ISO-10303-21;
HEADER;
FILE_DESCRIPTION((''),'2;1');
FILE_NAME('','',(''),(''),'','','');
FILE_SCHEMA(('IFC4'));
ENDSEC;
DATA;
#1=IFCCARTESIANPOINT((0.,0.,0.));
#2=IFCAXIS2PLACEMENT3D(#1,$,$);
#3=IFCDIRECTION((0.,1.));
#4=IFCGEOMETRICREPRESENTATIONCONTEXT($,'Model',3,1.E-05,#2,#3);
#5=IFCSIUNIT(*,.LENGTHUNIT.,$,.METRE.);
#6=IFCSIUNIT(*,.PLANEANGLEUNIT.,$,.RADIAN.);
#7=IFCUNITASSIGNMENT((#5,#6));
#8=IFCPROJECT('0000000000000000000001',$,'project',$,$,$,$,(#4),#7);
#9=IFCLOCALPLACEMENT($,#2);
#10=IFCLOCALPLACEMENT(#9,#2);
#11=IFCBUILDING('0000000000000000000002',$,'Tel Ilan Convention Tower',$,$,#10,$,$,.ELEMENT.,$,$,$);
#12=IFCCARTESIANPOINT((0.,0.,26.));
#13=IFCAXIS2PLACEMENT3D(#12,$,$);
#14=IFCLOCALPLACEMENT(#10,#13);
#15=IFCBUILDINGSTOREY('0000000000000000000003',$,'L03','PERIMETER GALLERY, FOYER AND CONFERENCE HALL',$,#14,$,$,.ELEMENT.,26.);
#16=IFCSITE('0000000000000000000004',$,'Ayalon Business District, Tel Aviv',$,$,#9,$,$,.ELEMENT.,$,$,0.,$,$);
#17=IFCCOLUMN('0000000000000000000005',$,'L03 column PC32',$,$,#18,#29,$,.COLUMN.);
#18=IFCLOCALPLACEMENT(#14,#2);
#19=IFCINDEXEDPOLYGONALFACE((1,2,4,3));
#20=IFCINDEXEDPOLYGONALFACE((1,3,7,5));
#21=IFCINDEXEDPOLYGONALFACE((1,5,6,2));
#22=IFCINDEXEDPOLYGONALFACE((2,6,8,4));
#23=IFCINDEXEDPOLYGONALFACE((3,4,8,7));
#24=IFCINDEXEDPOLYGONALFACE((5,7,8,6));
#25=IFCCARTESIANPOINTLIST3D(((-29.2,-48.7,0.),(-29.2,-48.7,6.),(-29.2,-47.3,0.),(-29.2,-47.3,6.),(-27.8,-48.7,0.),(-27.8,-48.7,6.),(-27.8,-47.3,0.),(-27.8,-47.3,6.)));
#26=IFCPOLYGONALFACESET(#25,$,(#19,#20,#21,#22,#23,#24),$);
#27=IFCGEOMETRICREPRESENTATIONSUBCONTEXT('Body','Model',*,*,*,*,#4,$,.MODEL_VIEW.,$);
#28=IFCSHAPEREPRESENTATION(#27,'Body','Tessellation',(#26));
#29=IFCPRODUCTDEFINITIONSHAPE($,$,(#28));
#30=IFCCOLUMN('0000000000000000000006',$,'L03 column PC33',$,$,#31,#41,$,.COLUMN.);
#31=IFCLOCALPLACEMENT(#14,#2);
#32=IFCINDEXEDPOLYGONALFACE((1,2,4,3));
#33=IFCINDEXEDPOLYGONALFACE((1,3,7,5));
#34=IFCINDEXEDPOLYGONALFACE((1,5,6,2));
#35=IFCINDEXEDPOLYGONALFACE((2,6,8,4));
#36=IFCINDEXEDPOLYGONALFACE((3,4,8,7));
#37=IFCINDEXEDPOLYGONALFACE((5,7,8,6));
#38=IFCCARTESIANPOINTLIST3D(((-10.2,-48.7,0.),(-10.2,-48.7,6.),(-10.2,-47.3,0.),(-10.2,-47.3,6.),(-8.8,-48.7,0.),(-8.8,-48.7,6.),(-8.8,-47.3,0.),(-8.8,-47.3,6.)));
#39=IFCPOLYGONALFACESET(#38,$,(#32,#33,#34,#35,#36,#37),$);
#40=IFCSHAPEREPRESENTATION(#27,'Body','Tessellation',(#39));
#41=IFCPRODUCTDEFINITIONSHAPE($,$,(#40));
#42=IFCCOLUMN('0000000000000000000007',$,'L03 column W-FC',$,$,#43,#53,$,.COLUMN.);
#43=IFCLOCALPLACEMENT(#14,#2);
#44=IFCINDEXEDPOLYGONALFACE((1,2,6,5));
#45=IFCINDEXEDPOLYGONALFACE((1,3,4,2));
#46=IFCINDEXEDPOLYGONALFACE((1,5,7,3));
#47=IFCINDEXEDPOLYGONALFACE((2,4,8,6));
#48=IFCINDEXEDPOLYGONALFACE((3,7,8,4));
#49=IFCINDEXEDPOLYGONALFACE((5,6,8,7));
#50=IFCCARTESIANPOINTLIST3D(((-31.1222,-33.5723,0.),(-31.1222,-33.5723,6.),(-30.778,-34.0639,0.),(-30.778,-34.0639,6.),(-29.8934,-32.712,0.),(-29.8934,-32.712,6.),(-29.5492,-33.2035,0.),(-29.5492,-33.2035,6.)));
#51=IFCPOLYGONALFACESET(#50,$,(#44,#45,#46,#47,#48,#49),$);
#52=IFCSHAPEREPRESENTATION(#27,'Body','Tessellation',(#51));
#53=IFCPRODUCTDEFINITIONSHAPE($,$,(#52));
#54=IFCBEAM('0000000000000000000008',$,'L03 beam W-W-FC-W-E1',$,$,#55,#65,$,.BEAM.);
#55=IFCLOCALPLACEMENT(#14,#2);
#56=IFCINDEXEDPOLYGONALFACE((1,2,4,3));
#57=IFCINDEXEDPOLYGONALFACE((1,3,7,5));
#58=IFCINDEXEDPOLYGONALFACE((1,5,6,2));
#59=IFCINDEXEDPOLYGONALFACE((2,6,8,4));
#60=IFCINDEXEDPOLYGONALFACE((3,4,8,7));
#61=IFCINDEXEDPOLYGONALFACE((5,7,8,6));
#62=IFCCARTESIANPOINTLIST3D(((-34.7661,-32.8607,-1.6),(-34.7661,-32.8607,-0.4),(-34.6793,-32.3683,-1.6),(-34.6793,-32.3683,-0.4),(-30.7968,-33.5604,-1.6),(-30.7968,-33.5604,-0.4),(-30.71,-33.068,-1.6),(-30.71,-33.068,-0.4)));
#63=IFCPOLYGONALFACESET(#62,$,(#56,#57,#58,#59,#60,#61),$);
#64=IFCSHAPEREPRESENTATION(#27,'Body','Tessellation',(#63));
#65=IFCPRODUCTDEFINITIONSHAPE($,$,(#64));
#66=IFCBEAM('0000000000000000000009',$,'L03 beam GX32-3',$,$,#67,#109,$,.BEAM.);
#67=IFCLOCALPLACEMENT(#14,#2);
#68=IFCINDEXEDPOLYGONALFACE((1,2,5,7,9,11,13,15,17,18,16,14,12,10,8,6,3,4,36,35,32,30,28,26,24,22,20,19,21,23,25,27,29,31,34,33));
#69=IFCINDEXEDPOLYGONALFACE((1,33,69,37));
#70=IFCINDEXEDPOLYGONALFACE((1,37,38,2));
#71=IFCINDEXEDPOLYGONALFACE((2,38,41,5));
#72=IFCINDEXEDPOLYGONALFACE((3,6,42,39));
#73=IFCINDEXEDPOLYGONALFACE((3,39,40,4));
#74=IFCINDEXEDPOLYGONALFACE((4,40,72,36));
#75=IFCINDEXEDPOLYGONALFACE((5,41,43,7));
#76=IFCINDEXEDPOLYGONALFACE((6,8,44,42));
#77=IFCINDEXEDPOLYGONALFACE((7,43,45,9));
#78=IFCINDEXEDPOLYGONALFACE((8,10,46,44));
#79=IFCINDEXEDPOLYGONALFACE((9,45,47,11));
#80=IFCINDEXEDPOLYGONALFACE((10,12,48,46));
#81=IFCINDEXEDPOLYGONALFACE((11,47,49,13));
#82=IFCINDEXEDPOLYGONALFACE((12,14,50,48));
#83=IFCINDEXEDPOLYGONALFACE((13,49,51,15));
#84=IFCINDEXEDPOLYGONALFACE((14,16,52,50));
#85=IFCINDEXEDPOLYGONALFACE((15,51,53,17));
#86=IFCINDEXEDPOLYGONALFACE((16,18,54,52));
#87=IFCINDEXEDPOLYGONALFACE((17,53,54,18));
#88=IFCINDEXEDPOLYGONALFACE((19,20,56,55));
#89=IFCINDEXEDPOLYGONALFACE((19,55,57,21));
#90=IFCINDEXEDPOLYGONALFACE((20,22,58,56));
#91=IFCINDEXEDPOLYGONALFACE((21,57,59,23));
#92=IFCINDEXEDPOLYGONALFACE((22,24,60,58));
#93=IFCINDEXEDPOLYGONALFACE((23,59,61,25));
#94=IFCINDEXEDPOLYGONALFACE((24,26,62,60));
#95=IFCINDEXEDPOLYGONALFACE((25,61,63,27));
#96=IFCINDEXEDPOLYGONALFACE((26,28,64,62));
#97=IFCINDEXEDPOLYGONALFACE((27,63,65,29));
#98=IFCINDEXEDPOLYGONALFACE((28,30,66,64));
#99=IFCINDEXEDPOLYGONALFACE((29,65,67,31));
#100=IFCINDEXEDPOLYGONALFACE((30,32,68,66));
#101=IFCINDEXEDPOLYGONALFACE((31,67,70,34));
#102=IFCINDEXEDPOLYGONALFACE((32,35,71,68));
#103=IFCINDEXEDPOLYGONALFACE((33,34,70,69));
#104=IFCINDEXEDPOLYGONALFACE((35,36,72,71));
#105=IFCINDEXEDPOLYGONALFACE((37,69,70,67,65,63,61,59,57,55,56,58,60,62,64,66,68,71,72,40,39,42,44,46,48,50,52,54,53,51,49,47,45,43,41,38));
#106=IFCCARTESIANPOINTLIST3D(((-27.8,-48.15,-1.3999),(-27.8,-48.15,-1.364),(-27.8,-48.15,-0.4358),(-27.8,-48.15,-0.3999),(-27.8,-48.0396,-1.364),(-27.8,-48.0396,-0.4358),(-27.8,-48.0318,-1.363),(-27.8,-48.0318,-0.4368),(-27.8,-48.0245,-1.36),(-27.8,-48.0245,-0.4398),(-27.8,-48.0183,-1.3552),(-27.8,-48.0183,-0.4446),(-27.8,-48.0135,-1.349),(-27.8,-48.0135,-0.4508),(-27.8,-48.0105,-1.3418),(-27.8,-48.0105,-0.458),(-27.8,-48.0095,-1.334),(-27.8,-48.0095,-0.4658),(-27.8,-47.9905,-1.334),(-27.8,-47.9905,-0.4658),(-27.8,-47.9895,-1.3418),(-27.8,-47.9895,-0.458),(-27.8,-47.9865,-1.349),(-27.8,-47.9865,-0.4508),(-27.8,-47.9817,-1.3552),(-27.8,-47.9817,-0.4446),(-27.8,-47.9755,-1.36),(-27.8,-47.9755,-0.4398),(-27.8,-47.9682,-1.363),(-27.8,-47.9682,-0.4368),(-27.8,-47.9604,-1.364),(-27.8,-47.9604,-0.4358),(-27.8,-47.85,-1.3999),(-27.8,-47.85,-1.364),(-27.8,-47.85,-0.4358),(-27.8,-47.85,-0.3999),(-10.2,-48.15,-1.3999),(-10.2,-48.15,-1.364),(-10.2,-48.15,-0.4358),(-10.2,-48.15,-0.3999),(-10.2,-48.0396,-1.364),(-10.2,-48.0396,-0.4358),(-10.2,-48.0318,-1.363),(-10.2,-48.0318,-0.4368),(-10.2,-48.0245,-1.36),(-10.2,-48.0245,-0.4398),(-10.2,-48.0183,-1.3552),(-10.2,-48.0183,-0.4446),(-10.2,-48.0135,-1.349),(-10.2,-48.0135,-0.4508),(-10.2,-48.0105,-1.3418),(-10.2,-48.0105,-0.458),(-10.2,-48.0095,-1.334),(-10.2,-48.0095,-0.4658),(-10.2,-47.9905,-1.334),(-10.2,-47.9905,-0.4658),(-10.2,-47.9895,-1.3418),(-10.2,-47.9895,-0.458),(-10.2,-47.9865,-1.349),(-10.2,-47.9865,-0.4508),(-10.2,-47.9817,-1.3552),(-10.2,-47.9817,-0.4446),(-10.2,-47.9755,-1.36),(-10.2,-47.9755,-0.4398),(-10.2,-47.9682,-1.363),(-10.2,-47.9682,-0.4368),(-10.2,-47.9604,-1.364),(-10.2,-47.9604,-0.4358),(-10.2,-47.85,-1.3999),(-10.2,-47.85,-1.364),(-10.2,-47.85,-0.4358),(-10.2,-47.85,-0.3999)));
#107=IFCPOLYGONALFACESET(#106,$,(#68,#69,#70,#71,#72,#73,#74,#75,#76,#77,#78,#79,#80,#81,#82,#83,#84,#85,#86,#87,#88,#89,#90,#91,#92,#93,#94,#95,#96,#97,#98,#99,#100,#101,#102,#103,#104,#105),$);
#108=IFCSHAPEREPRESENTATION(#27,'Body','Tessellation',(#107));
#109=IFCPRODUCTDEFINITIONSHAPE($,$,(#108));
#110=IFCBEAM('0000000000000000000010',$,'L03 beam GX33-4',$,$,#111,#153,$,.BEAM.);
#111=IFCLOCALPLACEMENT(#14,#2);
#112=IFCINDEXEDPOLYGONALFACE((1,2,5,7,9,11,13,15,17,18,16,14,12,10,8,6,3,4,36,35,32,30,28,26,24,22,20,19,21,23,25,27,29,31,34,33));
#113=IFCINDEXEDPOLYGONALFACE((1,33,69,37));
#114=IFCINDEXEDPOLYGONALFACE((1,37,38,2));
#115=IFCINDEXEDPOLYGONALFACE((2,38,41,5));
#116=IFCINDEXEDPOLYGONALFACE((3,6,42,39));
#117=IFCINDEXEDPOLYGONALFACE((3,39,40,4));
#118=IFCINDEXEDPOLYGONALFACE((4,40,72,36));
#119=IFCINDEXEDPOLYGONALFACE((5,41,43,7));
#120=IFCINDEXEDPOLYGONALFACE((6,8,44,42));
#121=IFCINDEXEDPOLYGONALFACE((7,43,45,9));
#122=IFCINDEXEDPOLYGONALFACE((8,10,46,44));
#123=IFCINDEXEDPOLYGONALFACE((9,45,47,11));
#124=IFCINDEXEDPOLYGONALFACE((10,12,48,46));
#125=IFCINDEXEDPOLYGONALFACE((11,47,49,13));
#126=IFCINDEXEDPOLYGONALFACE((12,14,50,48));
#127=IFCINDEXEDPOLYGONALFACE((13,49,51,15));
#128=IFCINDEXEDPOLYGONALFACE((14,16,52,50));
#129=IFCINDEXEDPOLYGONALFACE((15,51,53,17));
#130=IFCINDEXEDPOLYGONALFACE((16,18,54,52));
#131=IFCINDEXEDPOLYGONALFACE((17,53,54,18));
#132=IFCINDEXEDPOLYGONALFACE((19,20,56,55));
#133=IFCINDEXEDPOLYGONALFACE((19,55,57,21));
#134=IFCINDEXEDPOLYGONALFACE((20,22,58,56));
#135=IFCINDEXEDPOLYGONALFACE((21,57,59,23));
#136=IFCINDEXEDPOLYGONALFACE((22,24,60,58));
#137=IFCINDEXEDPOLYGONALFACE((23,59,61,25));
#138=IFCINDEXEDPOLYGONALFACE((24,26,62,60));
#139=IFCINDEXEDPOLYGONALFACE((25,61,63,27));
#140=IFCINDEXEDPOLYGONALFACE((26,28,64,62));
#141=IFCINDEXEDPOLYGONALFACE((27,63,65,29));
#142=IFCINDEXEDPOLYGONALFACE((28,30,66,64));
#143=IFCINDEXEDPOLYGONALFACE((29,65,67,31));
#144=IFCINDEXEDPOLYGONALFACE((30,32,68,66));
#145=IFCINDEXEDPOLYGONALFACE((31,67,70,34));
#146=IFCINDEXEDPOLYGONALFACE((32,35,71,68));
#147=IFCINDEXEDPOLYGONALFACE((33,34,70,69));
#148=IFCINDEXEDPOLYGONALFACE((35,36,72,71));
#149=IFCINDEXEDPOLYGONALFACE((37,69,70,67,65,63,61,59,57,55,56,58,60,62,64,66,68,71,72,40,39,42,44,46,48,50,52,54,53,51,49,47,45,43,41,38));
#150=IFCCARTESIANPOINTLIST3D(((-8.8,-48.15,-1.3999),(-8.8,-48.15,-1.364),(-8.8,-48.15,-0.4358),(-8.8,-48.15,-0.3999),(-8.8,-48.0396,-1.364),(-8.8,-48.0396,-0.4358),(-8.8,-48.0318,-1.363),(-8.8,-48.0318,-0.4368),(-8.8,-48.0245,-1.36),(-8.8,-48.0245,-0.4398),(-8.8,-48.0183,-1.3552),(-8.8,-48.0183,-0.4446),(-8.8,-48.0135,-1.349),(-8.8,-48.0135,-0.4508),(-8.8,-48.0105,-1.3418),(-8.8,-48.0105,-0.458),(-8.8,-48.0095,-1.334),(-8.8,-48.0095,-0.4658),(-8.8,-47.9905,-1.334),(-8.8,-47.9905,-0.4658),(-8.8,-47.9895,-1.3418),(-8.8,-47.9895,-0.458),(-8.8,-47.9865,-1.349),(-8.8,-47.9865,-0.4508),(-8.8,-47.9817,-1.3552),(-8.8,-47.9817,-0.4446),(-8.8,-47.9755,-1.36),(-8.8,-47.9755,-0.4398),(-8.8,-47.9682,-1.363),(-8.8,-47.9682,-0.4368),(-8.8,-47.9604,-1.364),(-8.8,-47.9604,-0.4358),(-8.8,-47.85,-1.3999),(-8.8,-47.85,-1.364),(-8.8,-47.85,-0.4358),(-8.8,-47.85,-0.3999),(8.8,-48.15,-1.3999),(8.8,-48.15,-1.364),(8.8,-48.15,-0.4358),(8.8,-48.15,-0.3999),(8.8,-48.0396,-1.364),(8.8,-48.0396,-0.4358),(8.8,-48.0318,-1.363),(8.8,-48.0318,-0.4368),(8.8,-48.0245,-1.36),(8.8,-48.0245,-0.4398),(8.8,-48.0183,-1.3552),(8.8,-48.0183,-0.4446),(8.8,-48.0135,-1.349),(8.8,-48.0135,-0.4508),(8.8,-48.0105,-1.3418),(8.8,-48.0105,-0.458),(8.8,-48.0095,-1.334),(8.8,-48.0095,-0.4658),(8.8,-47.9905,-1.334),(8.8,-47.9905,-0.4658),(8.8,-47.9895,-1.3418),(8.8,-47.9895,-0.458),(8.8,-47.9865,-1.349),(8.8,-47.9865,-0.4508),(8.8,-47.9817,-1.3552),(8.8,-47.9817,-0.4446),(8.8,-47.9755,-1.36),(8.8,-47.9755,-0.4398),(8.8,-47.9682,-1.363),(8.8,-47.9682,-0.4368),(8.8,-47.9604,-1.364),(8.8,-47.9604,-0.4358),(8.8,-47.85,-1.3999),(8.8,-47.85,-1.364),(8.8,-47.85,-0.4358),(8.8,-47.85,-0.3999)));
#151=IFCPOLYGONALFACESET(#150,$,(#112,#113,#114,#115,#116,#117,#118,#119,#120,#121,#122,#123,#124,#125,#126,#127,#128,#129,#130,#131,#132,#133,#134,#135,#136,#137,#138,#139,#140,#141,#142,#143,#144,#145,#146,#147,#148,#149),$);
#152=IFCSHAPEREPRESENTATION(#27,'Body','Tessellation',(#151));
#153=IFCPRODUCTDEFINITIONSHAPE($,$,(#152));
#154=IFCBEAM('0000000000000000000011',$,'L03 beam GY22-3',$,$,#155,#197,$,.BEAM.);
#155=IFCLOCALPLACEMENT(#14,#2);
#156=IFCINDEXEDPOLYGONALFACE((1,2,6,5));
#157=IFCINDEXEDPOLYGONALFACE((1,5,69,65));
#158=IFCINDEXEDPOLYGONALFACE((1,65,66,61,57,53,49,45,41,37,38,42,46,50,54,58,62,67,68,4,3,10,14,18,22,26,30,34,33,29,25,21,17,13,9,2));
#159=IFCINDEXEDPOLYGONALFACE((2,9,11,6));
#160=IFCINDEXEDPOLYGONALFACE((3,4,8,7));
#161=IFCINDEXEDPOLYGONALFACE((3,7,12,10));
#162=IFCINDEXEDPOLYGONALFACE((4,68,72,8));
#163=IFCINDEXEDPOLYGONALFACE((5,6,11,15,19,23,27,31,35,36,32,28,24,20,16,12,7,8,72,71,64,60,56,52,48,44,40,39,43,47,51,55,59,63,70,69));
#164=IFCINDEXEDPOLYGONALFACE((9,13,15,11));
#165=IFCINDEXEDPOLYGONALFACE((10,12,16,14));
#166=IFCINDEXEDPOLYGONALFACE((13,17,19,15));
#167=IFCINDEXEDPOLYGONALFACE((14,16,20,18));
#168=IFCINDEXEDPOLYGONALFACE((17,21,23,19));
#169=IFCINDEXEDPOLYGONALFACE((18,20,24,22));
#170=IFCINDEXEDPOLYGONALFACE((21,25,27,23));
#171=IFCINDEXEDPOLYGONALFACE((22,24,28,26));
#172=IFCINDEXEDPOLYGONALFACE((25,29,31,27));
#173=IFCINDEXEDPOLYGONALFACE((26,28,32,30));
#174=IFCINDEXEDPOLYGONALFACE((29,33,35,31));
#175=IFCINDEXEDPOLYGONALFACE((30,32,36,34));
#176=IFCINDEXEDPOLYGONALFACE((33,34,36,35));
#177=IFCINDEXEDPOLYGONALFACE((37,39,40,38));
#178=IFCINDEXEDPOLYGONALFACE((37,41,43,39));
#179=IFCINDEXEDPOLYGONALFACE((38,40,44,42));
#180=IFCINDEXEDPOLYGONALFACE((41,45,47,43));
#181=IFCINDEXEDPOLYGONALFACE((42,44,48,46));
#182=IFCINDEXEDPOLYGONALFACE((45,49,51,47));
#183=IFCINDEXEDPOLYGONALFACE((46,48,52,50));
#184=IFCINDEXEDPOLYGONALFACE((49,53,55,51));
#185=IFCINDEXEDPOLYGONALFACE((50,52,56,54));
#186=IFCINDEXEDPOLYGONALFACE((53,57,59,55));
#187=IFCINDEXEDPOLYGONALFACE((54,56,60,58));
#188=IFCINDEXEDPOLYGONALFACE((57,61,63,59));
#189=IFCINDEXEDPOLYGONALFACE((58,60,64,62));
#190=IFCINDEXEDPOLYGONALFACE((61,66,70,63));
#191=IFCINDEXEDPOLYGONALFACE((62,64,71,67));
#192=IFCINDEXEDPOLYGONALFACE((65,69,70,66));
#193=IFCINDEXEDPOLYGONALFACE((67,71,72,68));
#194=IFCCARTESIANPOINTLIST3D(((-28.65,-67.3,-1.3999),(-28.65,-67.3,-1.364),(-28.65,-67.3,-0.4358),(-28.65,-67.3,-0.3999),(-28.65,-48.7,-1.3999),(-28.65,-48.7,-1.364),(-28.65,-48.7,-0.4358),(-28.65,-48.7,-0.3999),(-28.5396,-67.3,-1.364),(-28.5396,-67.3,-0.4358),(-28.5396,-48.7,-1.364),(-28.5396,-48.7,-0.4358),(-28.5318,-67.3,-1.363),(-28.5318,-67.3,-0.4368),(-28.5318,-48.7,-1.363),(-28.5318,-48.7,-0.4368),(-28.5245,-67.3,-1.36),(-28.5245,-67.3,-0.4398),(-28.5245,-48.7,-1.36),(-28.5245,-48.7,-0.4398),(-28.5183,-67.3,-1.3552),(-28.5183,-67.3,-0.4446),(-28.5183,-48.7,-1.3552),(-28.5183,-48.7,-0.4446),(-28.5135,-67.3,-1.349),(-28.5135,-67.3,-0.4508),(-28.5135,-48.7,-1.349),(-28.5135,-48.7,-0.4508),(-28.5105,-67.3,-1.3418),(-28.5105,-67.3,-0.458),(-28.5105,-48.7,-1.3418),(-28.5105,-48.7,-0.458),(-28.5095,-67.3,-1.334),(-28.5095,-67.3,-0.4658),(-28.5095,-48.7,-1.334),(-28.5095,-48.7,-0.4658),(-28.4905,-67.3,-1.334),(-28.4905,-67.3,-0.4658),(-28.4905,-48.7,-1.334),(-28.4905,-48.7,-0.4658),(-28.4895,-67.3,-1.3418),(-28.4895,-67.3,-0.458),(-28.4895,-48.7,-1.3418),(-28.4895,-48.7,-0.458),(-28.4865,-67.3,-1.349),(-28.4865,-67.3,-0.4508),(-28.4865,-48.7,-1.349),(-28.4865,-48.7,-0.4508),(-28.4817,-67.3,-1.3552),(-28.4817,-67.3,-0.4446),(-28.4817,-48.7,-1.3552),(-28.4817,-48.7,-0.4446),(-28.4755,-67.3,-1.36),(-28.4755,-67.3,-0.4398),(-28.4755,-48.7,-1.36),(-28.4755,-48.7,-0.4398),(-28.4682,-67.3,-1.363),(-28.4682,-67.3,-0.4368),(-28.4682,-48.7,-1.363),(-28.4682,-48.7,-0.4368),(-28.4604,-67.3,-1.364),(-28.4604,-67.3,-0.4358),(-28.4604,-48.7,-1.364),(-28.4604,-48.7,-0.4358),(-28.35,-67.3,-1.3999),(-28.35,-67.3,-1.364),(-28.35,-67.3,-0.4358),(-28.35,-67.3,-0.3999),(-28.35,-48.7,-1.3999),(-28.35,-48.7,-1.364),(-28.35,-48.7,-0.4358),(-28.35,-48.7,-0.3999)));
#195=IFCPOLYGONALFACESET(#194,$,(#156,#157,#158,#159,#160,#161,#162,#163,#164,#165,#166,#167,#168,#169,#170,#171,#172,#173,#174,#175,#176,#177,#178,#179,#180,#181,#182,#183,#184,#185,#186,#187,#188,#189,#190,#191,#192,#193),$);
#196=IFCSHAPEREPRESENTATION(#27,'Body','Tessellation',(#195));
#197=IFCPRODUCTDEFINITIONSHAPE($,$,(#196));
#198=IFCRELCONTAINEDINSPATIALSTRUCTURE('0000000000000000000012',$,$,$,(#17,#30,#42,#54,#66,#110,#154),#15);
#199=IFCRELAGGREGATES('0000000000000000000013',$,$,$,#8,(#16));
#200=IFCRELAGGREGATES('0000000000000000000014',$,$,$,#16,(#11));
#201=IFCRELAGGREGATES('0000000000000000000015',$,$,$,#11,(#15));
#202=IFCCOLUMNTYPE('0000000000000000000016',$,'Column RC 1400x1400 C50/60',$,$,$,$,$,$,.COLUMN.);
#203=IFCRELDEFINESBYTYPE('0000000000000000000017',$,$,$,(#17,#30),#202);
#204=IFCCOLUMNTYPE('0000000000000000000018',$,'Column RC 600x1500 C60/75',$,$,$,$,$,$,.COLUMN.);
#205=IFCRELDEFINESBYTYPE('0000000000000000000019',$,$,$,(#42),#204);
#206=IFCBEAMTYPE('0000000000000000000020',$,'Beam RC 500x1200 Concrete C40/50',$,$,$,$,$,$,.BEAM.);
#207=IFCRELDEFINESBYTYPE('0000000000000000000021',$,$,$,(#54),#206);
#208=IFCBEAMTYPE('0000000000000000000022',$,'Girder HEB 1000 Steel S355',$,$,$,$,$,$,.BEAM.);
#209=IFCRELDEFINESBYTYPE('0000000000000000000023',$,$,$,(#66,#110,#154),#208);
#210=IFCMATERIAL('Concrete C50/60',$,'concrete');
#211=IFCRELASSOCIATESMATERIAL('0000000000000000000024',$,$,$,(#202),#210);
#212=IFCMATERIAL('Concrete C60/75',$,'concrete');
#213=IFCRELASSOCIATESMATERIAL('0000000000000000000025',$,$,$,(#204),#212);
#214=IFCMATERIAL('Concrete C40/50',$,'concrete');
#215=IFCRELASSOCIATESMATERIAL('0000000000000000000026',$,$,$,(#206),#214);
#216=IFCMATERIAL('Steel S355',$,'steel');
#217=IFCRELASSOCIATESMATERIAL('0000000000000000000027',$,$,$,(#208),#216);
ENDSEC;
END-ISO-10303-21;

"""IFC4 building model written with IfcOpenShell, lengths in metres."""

from ifc_helpers import new_model, si_unit, direction, frame, origin, origin_2d, place, context, subcontext, project, spatial, rectangle, i_section, extrude, material, material_profile, profile_set, type_object, element, save


model = new_model("IFC4")

# Units and contexts
model_context = context("Model", 3, precision=1e-05, world=origin(), true_north=direction((0.0, 1.0)))
body_context = subcontext(model_context, "Body", "Model", "MODEL_VIEW")
ifc_project = project(units=[si_unit("LENGTHUNIT", "METRE"), si_unit("PLANEANGLEUNIT", "RADIAN")], contexts=[model_context])

# Site, building, storey
site_placement = place(None, origin())
site = spatial("IfcSite", under=ifc_project, at=site_placement, Name="Ayalon Business District, Tel Aviv", CompositionType="ELEMENT", RefElevation=0.0)
building_placement = place(site_placement, origin())
building = spatial("IfcBuilding", under=site, at=building_placement, Name="Tel Ilan Convention Tower", CompositionType="ELEMENT")
storey_placement = place(building_placement, frame((0.0, 0.0, 26.0)))
storey = spatial("IfcBuildingStorey", under=building, at=storey_placement, Name="L03", Description="PERIMETER GALLERY, FOYER AND CONFERENCE HALL", CompositionType="ELEMENT", Elevation=26.0)

# Columns
ifc_material_1 = material(Name="Concrete C50/60", Category="concrete")
ifc_material_profile_1 = material_profile(ifc_material_1, rectangle(XDim=1.3999, YDim=1.3999, at=origin_2d()), Name="RC 1400x1400")
ifc_profile_set_1 = profile_set([ifc_material_profile_1], Name="Concrete C50/60")
column_type_1 = type_object("IfcColumnType", Name="Column RC 1400x1400 C50/60", PredefinedType="COLUMN", material=ifc_profile_set_1)
for number, where, z_axis, x_axis, name in (
    (1, (-28.5, -48.0, 0.0), (0.0, 0.0, 1.0), (1.0, 0.0, 0.0), "L03 column PC32"),
    (2, (-9.5, -48.0, 0.0), (0.0, 0.0, 1.0), (1.0, 0.0, 0.0), "L03 column PC33"),
):
    element("IfcColumn", number, at=place(storey_placement, frame(where, z_axis=z_axis, x_axis=x_axis)), inside=storey, type_object=column_type_1, Name=name, PredefinedType="COLUMN", context=body_context, shape_type="SweptSolid", body=[
        extrude(rectangle(XDim=1.3999, YDim=1.3999, at=origin_2d()), origin(), (0.0, 0.0, 1.0), 6.0),
    ])
ifc_material_2 = material(Name="Concrete C60/75", Category="concrete")
ifc_material_profile_2 = material_profile(ifc_material_2, rectangle(XDim=1.5, YDim=0.6001, at=origin_2d()), Name="RC 600x1500")
ifc_profile_set_2 = profile_set([ifc_material_profile_2], Name="Concrete C60/75")
column_type_2 = type_object("IfcColumnType", Name="Column RC 600x1500 C60/75", PredefinedType="COLUMN", material=ifc_profile_set_2)
column_placement = place(storey_placement, frame((-30.3357, -33.3879, 0.0), z_axis=(0.0, 0.0, 1.0), x_axis=(-0.819152, -0.573576, 0.0)))
element("IfcColumn", 3, at=column_placement, inside=storey, type_object=column_type_2, Name="L03 column W-FC", PredefinedType="COLUMN", context=body_context, shape_type="SweptSolid", body=[
    extrude(rectangle(XDim=1.5, YDim=0.6001, at=origin_2d()), origin(), (0.0, 0.0, 1.0), 6.0),
])

# Beams
ifc_material_3 = material(Name="Concrete C40/50", Category="concrete")
ifc_material_profile_3 = material_profile(ifc_material_3, rectangle(XDim=0.5, YDim=1.2, at=origin_2d()), Name="RC 500x1200")
ifc_profile_set_3 = profile_set([ifc_material_profile_3], Name="Concrete C40/50")
beam_type_1 = type_object("IfcBeamType", Name="Beam RC 500x1200 Concrete C40/50", PredefinedType="BEAM", material=ifc_profile_set_3)
beam_1_placement = place(storey_placement, frame((-30.7534, -33.3142, -1.0), z_axis=(-0.984815, 0.173606, 0.0), x_axis=(-0.173606, -0.984815, 0.0)))
element("IfcBeam", 4, at=beam_1_placement, inside=storey, type_object=beam_type_1, Name="L03 beam W-W-FC-W-E1", PredefinedType="BEAM", context=body_context, shape_type="SweptSolid", body=[
    extrude(rectangle(XDim=0.5, YDim=1.2, at=origin_2d()), origin(), (0.0, 0.0, 1.0), 4.0305),
])
ifc_material_4 = material(Name="Steel S355", Category="steel")
ifc_material_profile_4 = material_profile(ifc_material_4, i_section(OverallWidth=0.3, OverallDepth=1.0, WebThickness=0.019, FlangeThickness=0.0359, FilletRadius=0.03, at=origin_2d()), Name="HEB 1000")
ifc_profile_set_4 = profile_set([ifc_material_profile_4], Name="Steel S355")
beam_type_2 = type_object("IfcBeamType", Name="Girder HEB 1000 Steel S355", PredefinedType="BEAM", material=ifc_profile_set_4)
for number, where, z_axis, x_axis, name in (
    (5, (-27.8, -48.0, -0.8999), (1.0, 0.0, 0.0), (0.0, 1.0, 0.0), "L03 beam GX32-3"),
    (6, (-8.8, -48.0, -0.8999), (1.0, 0.0, 0.0), (0.0, 1.0, 0.0), "L03 beam GX33-4"),
):
    element("IfcBeam", number, at=place(storey_placement, frame(where, z_axis=z_axis, x_axis=x_axis)), inside=storey, type_object=beam_type_2, Name=name, PredefinedType="BEAM", context=body_context, shape_type="SweptSolid", body=[
        extrude(i_section(OverallWidth=0.3, OverallDepth=1.0, WebThickness=0.019, FlangeThickness=0.0359, FilletRadius=0.03, at=origin_2d()), origin(), (0.0, 0.0, 1.0), 17.6001),
    ])
for number, where, z_axis, x_axis, name in (
    (7, (-28.5, -67.3, -0.8999), (0.0, 1.0, 0.0), (-1.0, 0.0, 0.0), "L03 beam GY22-3"),
):
    element("IfcBeam", number, at=place(storey_placement, frame(where, z_axis=z_axis, x_axis=x_axis)), inside=storey, type_object=beam_type_2, Name=name, PredefinedType="BEAM", context=body_context, shape_type="SweptSolid", body=[
        extrude(i_section(OverallWidth=0.3, OverallDepth=1.0, WebThickness=0.019, FlangeThickness=0.0359, FilletRadius=0.03, at=origin_2d()), origin(), (0.0, 0.0, 1.0), 18.6001),
    ])

save(model, "model.ifc")
